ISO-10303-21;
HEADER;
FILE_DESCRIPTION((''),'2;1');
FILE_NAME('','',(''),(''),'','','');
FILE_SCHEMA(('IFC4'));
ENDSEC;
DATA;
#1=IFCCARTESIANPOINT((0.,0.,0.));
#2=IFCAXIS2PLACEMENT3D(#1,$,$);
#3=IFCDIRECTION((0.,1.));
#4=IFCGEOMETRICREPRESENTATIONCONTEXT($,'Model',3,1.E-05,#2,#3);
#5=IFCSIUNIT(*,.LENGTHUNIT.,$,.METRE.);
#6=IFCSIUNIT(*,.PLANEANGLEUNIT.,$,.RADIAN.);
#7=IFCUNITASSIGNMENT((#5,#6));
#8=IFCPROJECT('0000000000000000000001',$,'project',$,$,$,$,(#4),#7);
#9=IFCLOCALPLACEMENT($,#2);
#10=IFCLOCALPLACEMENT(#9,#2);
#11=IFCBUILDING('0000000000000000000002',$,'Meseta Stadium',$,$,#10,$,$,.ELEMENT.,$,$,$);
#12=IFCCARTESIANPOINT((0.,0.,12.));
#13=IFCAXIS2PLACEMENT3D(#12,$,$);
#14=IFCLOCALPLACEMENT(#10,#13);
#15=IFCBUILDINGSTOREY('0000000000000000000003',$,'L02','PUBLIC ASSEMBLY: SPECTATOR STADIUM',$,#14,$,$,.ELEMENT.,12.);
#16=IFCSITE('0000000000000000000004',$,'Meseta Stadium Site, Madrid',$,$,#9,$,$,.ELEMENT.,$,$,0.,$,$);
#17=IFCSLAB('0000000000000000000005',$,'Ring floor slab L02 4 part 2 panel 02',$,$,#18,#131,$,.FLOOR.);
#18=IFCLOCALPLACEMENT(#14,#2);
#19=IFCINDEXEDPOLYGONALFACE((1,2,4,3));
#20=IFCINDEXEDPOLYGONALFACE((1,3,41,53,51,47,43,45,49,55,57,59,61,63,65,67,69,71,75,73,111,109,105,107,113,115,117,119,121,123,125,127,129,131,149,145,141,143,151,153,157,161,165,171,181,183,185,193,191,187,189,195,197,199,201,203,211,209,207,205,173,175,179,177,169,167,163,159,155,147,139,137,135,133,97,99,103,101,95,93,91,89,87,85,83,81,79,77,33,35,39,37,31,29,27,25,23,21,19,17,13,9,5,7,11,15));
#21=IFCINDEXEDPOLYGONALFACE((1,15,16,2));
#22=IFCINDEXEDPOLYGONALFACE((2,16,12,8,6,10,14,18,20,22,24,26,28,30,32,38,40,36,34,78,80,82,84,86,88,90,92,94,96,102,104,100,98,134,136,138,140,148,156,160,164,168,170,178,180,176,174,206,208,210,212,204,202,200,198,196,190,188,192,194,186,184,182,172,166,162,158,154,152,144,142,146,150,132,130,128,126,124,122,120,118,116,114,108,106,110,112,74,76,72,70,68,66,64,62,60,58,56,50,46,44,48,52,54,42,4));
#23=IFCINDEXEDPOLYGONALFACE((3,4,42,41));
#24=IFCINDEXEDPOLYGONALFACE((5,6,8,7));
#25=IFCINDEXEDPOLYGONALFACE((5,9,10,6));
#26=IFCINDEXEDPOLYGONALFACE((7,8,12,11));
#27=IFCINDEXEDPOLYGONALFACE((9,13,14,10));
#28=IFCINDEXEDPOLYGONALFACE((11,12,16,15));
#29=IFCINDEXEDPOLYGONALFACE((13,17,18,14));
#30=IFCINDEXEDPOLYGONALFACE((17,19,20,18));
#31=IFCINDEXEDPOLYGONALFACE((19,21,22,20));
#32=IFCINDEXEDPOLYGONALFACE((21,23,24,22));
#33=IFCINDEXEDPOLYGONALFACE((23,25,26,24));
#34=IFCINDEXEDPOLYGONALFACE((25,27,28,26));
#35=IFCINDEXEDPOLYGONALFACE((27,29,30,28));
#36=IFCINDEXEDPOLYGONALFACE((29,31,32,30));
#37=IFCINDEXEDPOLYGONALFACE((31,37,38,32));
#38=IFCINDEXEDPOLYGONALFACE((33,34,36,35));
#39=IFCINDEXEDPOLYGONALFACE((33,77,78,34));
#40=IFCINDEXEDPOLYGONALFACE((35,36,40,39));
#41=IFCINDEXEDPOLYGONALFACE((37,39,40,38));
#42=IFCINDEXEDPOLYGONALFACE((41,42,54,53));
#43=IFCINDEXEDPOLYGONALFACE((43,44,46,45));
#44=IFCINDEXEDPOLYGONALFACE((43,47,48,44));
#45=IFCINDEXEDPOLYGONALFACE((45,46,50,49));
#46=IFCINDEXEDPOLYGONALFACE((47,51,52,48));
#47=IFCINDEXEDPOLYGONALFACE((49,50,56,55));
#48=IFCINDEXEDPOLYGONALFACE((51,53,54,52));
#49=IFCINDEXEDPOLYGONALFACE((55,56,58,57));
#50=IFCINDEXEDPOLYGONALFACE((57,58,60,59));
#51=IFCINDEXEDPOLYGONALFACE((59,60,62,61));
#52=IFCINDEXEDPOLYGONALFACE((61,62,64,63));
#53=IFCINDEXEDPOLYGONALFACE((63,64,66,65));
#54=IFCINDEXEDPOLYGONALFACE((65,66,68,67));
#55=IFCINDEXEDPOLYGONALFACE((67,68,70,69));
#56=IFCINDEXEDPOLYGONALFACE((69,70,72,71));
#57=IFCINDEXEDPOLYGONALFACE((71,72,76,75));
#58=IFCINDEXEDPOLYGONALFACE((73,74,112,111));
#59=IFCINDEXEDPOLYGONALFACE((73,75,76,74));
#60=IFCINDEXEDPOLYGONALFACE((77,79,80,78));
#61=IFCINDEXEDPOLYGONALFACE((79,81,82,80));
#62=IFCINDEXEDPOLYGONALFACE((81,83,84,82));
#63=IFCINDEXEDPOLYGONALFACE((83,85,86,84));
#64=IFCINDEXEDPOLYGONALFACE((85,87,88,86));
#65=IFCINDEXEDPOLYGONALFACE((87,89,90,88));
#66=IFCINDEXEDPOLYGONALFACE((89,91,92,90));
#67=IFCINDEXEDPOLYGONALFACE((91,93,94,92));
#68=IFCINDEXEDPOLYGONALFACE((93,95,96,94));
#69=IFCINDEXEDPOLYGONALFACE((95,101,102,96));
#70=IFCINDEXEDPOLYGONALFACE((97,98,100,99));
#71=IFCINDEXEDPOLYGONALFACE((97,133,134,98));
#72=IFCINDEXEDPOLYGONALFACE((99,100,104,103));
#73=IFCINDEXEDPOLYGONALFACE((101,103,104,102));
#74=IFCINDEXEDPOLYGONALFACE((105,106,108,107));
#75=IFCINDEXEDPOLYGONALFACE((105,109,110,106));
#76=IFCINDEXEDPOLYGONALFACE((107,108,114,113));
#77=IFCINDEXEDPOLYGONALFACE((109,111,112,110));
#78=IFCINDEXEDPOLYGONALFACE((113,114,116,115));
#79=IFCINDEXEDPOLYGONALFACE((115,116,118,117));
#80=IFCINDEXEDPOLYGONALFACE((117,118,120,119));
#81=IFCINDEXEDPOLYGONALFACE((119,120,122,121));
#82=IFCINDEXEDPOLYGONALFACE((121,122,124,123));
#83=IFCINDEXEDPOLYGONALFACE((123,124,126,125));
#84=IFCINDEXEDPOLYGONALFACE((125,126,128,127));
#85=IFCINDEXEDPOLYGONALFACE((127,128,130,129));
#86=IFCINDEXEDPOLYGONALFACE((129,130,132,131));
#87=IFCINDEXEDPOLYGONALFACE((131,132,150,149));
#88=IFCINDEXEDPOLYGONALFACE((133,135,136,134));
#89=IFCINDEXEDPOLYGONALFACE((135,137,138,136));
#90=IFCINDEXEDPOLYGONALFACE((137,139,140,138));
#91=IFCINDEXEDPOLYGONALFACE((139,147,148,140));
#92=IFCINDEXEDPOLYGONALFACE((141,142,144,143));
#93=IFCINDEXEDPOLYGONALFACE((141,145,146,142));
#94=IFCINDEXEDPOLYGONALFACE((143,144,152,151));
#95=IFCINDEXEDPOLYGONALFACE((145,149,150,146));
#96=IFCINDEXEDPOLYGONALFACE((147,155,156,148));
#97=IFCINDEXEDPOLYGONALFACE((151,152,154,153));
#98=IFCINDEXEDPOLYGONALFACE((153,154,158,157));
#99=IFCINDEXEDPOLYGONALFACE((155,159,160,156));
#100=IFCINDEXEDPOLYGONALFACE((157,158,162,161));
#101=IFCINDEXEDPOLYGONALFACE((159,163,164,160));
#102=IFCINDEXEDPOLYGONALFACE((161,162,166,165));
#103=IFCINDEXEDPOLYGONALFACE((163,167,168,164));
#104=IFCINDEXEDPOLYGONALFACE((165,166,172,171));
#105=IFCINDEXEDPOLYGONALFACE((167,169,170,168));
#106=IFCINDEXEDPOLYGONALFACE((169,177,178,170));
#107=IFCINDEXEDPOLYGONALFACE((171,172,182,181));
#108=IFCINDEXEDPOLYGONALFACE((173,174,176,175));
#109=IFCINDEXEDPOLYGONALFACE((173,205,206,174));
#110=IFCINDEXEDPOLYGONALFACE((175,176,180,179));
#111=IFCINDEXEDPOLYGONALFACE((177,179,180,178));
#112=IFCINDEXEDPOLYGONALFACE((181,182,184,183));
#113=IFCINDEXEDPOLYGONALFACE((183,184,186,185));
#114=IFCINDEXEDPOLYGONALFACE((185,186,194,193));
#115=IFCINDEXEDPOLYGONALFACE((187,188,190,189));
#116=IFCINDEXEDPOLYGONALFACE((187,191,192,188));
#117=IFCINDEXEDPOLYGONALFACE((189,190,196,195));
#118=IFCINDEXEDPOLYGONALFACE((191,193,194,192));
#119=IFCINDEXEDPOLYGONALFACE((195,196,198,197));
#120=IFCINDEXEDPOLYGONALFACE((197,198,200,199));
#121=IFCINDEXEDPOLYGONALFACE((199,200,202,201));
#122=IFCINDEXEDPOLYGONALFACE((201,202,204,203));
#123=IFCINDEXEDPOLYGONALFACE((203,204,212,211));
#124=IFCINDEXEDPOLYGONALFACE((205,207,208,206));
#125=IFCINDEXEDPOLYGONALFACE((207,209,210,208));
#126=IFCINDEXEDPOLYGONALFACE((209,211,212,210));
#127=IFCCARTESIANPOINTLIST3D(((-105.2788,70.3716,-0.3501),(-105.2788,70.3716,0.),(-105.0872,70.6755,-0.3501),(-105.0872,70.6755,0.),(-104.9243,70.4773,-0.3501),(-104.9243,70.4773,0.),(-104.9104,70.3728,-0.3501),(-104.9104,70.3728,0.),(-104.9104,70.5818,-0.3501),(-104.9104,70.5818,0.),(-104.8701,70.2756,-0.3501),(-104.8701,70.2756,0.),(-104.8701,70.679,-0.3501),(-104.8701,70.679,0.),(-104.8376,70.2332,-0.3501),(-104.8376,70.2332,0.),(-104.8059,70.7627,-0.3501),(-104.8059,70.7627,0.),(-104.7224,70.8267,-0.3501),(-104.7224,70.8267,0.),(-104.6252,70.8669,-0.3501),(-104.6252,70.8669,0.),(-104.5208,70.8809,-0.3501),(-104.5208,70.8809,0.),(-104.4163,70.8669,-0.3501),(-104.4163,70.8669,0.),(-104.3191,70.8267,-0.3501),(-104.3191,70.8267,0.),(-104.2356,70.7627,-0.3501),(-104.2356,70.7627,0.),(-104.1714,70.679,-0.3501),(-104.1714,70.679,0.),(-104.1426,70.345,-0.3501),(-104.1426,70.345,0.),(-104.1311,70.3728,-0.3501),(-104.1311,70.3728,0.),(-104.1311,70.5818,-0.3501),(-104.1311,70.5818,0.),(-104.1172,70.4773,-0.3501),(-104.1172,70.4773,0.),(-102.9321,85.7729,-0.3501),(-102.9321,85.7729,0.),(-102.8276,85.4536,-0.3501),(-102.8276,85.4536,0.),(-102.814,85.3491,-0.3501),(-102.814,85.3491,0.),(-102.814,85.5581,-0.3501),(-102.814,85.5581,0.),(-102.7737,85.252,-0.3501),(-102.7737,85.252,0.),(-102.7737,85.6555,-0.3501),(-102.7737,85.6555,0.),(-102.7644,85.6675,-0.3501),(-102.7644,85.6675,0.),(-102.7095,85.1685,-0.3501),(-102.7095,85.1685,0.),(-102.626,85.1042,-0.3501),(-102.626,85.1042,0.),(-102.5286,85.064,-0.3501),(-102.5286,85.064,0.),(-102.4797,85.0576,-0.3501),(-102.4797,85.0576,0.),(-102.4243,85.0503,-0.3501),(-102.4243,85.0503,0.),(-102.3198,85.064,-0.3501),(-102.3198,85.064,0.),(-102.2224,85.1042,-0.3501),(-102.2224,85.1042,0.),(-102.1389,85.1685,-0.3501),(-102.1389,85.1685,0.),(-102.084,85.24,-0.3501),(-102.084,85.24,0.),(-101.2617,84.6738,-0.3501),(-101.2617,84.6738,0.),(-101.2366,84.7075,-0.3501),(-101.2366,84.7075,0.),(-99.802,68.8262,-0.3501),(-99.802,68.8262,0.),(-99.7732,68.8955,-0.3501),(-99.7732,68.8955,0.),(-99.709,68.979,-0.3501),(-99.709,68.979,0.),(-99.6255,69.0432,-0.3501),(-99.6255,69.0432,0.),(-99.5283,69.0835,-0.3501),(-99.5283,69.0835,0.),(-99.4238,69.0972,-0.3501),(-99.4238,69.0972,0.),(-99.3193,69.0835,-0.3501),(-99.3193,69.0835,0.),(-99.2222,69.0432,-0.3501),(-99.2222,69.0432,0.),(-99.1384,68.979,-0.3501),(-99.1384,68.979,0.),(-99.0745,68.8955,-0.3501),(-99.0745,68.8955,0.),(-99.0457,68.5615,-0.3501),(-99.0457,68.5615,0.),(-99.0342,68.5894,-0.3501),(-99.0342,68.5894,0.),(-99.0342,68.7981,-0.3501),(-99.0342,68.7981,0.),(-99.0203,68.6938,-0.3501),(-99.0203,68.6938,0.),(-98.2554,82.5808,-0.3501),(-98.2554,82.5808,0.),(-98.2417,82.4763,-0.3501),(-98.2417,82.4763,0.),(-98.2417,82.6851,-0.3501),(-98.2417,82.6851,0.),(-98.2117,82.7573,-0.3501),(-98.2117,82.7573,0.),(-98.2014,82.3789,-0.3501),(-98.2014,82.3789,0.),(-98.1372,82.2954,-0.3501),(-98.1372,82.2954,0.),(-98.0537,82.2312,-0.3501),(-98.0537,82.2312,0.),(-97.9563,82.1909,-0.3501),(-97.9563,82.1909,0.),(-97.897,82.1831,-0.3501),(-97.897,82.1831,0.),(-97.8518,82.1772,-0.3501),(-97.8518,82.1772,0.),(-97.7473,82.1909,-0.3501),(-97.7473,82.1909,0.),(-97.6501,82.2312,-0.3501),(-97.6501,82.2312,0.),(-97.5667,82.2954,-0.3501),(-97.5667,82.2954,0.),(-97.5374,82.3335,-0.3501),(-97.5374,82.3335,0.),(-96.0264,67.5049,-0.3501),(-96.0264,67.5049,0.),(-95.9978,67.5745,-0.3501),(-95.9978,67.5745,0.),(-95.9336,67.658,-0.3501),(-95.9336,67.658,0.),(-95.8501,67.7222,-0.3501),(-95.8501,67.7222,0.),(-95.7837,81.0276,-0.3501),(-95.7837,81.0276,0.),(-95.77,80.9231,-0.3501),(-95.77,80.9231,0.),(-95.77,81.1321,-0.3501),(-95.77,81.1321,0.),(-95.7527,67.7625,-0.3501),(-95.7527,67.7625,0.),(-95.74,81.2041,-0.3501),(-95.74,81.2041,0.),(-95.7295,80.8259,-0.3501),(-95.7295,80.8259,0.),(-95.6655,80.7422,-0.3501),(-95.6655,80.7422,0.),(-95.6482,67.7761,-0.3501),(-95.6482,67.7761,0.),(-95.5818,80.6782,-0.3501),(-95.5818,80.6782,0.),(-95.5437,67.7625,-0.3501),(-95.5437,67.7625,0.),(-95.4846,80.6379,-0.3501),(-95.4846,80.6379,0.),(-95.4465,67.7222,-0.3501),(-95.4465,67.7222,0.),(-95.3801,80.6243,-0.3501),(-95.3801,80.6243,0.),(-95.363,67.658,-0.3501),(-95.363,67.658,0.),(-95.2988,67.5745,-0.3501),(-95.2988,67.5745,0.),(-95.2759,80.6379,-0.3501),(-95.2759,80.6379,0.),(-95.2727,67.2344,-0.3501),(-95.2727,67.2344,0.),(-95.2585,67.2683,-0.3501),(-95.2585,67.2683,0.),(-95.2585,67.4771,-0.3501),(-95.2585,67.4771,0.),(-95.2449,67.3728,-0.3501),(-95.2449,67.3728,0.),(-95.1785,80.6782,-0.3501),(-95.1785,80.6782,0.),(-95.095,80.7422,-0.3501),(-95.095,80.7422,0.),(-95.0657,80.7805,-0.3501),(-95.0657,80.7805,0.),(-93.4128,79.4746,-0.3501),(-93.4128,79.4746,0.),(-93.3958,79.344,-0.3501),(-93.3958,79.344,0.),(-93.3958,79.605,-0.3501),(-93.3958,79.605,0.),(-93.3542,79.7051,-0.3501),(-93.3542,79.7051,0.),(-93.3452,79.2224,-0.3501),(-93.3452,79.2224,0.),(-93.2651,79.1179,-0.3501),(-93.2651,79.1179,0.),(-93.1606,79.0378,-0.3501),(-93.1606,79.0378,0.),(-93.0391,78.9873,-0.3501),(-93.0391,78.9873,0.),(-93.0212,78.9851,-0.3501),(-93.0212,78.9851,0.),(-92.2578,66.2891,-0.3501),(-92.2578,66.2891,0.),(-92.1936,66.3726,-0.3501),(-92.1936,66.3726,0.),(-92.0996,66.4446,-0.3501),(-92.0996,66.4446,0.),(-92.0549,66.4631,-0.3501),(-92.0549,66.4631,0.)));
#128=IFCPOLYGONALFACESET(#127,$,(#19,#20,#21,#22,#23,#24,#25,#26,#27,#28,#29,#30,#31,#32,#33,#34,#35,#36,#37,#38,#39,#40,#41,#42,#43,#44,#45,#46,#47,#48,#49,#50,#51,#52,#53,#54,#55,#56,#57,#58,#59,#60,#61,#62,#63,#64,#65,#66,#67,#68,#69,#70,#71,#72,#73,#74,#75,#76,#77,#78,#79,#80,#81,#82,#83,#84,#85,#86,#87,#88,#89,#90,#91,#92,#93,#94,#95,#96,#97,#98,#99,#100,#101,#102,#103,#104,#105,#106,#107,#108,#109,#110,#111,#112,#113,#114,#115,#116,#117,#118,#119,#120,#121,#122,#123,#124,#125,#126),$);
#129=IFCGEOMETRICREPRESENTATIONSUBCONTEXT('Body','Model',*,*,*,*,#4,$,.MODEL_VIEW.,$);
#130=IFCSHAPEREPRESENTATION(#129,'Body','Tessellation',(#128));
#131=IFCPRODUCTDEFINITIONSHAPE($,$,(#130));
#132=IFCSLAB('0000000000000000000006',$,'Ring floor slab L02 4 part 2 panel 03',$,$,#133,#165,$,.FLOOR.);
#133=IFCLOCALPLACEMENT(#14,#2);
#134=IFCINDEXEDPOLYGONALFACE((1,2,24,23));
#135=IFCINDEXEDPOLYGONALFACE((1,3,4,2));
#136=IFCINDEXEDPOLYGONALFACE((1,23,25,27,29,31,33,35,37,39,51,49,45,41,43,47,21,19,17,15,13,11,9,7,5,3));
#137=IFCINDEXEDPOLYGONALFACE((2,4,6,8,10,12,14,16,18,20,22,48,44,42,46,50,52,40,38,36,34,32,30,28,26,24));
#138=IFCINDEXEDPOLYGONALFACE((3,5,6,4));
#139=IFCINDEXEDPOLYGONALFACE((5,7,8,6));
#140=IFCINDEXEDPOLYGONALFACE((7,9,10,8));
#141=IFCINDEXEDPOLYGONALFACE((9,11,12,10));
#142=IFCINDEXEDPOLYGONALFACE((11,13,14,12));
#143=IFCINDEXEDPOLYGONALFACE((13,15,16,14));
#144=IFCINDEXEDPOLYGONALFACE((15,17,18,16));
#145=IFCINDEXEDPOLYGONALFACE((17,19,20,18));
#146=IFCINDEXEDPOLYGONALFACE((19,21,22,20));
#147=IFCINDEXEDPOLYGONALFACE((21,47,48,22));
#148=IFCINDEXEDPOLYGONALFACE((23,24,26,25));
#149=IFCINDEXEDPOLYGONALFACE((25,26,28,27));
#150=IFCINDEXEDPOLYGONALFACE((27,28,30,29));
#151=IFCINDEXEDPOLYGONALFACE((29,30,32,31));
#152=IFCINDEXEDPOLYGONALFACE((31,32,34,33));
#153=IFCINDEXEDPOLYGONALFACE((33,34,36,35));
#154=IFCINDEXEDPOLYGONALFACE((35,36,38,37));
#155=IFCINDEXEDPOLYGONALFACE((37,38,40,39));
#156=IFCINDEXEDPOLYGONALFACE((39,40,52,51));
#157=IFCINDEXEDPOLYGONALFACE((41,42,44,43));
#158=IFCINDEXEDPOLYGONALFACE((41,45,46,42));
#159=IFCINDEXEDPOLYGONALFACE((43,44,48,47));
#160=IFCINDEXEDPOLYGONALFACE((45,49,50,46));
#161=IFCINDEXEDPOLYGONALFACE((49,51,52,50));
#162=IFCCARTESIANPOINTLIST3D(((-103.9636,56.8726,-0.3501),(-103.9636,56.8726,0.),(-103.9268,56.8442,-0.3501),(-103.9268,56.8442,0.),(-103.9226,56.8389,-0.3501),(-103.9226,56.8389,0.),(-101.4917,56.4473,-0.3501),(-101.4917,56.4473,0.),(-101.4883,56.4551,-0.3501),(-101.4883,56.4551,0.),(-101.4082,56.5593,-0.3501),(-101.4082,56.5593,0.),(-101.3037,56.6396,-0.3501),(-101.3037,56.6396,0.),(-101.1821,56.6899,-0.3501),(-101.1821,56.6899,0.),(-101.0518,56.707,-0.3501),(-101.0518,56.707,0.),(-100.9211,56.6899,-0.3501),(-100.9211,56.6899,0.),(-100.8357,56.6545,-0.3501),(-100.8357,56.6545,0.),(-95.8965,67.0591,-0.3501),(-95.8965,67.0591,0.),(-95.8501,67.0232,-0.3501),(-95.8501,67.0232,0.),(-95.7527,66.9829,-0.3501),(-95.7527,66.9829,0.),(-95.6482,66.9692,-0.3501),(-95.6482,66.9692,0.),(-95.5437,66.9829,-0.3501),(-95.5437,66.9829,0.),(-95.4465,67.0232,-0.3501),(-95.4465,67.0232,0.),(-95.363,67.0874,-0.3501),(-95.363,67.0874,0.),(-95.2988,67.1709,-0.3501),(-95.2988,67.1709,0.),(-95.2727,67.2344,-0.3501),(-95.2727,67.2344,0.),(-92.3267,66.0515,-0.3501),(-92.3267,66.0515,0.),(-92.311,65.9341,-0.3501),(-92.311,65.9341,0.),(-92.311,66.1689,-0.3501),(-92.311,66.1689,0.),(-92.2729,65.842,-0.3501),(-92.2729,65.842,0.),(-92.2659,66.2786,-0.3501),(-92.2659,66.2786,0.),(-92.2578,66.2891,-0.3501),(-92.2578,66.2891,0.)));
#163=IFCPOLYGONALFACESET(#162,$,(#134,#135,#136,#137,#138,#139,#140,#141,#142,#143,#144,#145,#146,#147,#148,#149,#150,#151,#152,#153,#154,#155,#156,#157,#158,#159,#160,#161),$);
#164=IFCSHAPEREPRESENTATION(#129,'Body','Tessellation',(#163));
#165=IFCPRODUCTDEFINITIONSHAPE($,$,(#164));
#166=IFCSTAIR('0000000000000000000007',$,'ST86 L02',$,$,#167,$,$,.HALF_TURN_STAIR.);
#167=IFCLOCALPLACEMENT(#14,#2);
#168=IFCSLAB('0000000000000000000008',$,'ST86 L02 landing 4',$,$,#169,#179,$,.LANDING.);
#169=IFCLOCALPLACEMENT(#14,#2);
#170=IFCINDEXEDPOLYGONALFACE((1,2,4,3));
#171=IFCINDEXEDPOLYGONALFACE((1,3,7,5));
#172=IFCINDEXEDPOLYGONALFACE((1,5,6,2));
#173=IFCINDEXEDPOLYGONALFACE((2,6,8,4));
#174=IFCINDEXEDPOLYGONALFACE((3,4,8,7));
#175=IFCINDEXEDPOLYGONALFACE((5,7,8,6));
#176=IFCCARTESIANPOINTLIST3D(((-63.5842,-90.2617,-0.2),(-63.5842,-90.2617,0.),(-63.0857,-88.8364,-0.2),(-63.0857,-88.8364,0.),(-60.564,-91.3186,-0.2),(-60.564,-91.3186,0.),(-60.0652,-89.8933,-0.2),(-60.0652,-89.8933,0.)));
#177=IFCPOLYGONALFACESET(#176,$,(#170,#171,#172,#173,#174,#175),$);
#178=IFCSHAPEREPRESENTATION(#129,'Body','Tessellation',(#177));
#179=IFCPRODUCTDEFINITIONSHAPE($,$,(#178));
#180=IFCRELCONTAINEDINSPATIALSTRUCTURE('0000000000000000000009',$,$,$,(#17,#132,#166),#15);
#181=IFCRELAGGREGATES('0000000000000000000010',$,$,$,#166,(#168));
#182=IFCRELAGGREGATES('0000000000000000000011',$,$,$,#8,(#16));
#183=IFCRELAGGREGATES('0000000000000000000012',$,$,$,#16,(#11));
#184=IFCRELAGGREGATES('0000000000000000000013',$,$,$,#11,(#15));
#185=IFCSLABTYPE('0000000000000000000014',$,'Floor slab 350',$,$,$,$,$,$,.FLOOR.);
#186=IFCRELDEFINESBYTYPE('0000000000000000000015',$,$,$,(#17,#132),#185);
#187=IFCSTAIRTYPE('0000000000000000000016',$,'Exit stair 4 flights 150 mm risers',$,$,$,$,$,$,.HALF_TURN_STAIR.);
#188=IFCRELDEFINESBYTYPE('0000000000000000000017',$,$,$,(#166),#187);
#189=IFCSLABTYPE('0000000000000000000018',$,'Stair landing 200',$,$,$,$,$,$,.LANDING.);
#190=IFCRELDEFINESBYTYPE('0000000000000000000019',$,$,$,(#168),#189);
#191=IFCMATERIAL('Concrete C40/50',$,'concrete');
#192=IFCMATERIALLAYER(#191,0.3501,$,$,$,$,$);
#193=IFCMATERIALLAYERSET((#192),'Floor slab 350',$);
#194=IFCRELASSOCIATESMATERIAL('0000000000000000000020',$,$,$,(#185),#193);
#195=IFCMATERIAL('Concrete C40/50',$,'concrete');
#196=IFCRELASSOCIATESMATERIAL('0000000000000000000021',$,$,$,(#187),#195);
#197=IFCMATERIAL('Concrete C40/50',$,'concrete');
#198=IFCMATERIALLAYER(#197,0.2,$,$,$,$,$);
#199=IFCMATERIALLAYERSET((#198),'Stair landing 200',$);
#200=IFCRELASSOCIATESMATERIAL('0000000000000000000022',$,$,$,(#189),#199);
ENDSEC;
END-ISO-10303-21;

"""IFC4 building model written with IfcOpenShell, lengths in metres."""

from ifc_helpers import new_model, si_unit, direction, frame, origin, place, context, subcontext, project, spatial, polyline, outline, extrude, material, layer, layer_set, type_object, element, aggregate, save


model = new_model("IFC4")

# Units and contexts
model_context = context("Model", 3, precision=1e-05, world=origin(), true_north=direction((0.0, 1.0)))
body_context = subcontext(model_context, "Body", "Model", "MODEL_VIEW")
ifc_project = project(units=[si_unit("LENGTHUNIT", "METRE"), si_unit("PLANEANGLEUNIT", "RADIAN")], contexts=[model_context])

# Site, building, storey
site_placement = place(None, origin())
site = spatial("IfcSite", under=ifc_project, at=site_placement, Name="Meseta Stadium Site, Madrid", CompositionType="ELEMENT", RefElevation=0.0)
building_placement = place(site_placement, origin())
building = spatial("IfcBuilding", under=site, at=building_placement, Name="Meseta Stadium", CompositionType="ELEMENT")
storey_placement = place(building_placement, frame((0.0, 0.0, 12.0)))
storey = spatial("IfcBuildingStorey", under=building, at=storey_placement, Name="L02", Description="PUBLIC ASSEMBLY: SPECTATOR STADIUM", CompositionType="ELEMENT", Elevation=12.0)

# Slabs
ifc_material_1 = material(Name="Concrete C40/50", Category="concrete")
ifc_layer_1 = layer(ifc_material_1, 0.3501)
ifc_layer_set_1 = layer_set([ifc_layer_1], Name="Floor slab 350")
slab_type_1 = type_object("IfcSlabType", Name="Floor slab 350", PredefinedType="FLOOR", material=ifc_layer_set_1)
slab_1_placement = place(storey_placement, frame((0.0, 0.0, -0.3501)))
element("IfcSlab", 1, at=slab_1_placement, inside=storey, type_object=slab_type_1, Name="Ring floor slab L02 4 part 2 panel 02", PredefinedType="FLOOR", context=body_context, shape_type="SweptSolid", body=[
    extrude(outline(polyline([(-93.3958, 79.605), (-93.3542, 79.7051), (-95.0657, 80.7805), (-95.095, 80.7422), (-95.1785, 80.6782), (-95.2759, 80.6379), (-95.3801, 80.6243), (-95.4846, 80.6379), (-95.5818, 80.6782), (-95.6655, 80.7422), (-95.7295, 80.8259), (-95.77, 80.9231), (-95.7837, 81.0276), (-95.77, 81.1321), (-95.74, 81.2041), (-97.5374, 82.3335), (-97.5667, 82.2954), (-97.6501, 82.2312), (-97.7473, 82.1909), (-97.8518, 82.1772), (-97.897, 82.1831), (-97.9563, 82.1909), (-98.0537, 82.2312), (-98.1372, 82.2954), (-98.2014, 82.3789), (-98.2417, 82.4763), (-98.2554, 82.5808), (-98.2417, 82.6851), (-98.2117, 82.7573), (-101.2617, 84.6738), (-101.2366, 84.7075), (-102.084, 85.24), (-102.1389, 85.1685), (-102.2224, 85.1042), (-102.3198, 85.064), (-102.4243, 85.0503), (-102.4797, 85.0576), (-102.5286, 85.064), (-102.626, 85.1042), (-102.7095, 85.1685), (-102.7737, 85.252), (-102.814, 85.3491), (-102.8276, 85.4536), (-102.814, 85.5581), (-102.7737, 85.6555), (-102.7644, 85.6675), (-102.9321, 85.7729), (-105.0872, 70.6755), (-105.2788, 70.3716), (-104.8376, 70.2332), (-104.8701, 70.2756), (-104.9104, 70.3728), (-104.9243, 70.4773), (-104.9104, 70.5818), (-104.8701, 70.679), (-104.8059, 70.7627), (-104.7224, 70.8267), (-104.6252, 70.8669), (-104.5208, 70.8809), (-104.4163, 70.8669), (-104.3191, 70.8267), (-104.2356, 70.7627), (-104.1714, 70.679), (-104.1311, 70.5818), (-104.1172, 70.4773), (-104.1311, 70.3728), (-104.1426, 70.345), (-99.802, 68.8262), (-99.7732, 68.8955), (-99.709, 68.979), (-99.6255, 69.0432), (-99.5283, 69.0835), (-99.4238, 69.0972), (-99.3193, 69.0835), (-99.2222, 69.0432), (-99.1384, 68.979), (-99.0745, 68.8955), (-99.0342, 68.7981), (-99.0203, 68.6938), (-99.0342, 68.5894), (-99.0457, 68.5615), (-96.0264, 67.5049), (-95.9978, 67.5745), (-95.9336, 67.658), (-95.8501, 67.7222), (-95.7527, 67.7625), (-95.6482, 67.7761), (-95.5437, 67.7625), (-95.4465, 67.7222), (-95.363, 67.658), (-95.2988, 67.5745), (-95.2585, 67.4771), (-95.2449, 67.3728), (-95.2585, 67.2683), (-95.2727, 67.2344), (-92.2578, 66.2891), (-92.1936, 66.3726), (-92.0996, 66.4446), (-92.0549, 66.4631), (-93.0212, 78.9851), (-93.0391, 78.9873), (-93.1606, 79.0378), (-93.2651, 79.1179), (-93.3452, 79.2224), (-93.3958, 79.344), (-93.4128, 79.4746), (-93.3958, 79.605)])), origin(), (0.0, 0.0, 1.0), 0.3501),
])
slab_2_placement = place(storey_placement, frame((0.0, 0.0, -0.3501)))
element("IfcSlab", 2, at=slab_2_placement, inside=storey, type_object=slab_type_1, Name="Ring floor slab L02 4 part 2 panel 03", PredefinedType="FLOOR", context=body_context, shape_type="SweptSolid", body=[
    extrude(outline(polyline([(-92.2729, 65.842), (-92.311, 65.9341), (-92.3267, 66.0515), (-92.311, 66.1689), (-92.2659, 66.2786), (-92.2578, 66.2891), (-95.2727, 67.2344), (-95.2988, 67.1709), (-95.363, 67.0874), (-95.4465, 67.0232), (-95.5437, 66.9829), (-95.6482, 66.9692), (-95.7527, 66.9829), (-95.8501, 67.0232), (-95.8965, 67.0591), (-103.9636, 56.8726), (-103.9268, 56.8442), (-103.9226, 56.8389), (-101.4917, 56.4473), (-101.4883, 56.4551), (-101.4082, 56.5593), (-101.3037, 56.6396), (-101.1821, 56.6899), (-101.0518, 56.707), (-100.9211, 56.6899), (-100.8357, 56.6545), (-92.2729, 65.842)])), origin(), (0.0, 0.0, 1.0), 0.3501),
])

# Stair, slab
ifc_material_2 = material(Name="Concrete C40/50", Category="concrete")
stair_type = type_object("IfcStairType", Name="Exit stair 4 flights 150 mm risers", PredefinedType="HALF_TURN_STAIR", material=ifc_material_2)
stair_1_placement = place(storey_placement, origin())
stair_1 = element("IfcStair", 3, at=stair_1_placement, inside=storey, type_object=stair_type, Name="ST86 L02", PredefinedType="HALF_TURN_STAIR")
ifc_material_3 = material(Name="Concrete C40/50", Category="concrete")
ifc_layer_2 = layer(ifc_material_3, 0.2)
ifc_layer_set_2 = layer_set([ifc_layer_2], Name="Stair landing 200")
slab_type_2 = type_object("IfcSlabType", Name="Stair landing 200", PredefinedType="LANDING", material=ifc_layer_set_2)
slab_3_placement = place(storey_placement, frame((0.0, 0.0, -0.2)))
slab_3 = element("IfcSlab", 4, at=slab_3_placement, type_object=slab_type_2, Name="ST86 L02 landing 4", PredefinedType="LANDING", context=body_context, shape_type="SweptSolid", body=[
    extrude(outline(polyline([(-63.0857, -88.8364), (-63.5842, -90.2617), (-60.564, -91.3186), (-60.0652, -89.8933), (-63.0857, -88.8364)])), origin(), (0.0, 0.0, 1.0), 0.2),
])
aggregate(stair_1, [slab_3])

save(model, "model.ifc")
